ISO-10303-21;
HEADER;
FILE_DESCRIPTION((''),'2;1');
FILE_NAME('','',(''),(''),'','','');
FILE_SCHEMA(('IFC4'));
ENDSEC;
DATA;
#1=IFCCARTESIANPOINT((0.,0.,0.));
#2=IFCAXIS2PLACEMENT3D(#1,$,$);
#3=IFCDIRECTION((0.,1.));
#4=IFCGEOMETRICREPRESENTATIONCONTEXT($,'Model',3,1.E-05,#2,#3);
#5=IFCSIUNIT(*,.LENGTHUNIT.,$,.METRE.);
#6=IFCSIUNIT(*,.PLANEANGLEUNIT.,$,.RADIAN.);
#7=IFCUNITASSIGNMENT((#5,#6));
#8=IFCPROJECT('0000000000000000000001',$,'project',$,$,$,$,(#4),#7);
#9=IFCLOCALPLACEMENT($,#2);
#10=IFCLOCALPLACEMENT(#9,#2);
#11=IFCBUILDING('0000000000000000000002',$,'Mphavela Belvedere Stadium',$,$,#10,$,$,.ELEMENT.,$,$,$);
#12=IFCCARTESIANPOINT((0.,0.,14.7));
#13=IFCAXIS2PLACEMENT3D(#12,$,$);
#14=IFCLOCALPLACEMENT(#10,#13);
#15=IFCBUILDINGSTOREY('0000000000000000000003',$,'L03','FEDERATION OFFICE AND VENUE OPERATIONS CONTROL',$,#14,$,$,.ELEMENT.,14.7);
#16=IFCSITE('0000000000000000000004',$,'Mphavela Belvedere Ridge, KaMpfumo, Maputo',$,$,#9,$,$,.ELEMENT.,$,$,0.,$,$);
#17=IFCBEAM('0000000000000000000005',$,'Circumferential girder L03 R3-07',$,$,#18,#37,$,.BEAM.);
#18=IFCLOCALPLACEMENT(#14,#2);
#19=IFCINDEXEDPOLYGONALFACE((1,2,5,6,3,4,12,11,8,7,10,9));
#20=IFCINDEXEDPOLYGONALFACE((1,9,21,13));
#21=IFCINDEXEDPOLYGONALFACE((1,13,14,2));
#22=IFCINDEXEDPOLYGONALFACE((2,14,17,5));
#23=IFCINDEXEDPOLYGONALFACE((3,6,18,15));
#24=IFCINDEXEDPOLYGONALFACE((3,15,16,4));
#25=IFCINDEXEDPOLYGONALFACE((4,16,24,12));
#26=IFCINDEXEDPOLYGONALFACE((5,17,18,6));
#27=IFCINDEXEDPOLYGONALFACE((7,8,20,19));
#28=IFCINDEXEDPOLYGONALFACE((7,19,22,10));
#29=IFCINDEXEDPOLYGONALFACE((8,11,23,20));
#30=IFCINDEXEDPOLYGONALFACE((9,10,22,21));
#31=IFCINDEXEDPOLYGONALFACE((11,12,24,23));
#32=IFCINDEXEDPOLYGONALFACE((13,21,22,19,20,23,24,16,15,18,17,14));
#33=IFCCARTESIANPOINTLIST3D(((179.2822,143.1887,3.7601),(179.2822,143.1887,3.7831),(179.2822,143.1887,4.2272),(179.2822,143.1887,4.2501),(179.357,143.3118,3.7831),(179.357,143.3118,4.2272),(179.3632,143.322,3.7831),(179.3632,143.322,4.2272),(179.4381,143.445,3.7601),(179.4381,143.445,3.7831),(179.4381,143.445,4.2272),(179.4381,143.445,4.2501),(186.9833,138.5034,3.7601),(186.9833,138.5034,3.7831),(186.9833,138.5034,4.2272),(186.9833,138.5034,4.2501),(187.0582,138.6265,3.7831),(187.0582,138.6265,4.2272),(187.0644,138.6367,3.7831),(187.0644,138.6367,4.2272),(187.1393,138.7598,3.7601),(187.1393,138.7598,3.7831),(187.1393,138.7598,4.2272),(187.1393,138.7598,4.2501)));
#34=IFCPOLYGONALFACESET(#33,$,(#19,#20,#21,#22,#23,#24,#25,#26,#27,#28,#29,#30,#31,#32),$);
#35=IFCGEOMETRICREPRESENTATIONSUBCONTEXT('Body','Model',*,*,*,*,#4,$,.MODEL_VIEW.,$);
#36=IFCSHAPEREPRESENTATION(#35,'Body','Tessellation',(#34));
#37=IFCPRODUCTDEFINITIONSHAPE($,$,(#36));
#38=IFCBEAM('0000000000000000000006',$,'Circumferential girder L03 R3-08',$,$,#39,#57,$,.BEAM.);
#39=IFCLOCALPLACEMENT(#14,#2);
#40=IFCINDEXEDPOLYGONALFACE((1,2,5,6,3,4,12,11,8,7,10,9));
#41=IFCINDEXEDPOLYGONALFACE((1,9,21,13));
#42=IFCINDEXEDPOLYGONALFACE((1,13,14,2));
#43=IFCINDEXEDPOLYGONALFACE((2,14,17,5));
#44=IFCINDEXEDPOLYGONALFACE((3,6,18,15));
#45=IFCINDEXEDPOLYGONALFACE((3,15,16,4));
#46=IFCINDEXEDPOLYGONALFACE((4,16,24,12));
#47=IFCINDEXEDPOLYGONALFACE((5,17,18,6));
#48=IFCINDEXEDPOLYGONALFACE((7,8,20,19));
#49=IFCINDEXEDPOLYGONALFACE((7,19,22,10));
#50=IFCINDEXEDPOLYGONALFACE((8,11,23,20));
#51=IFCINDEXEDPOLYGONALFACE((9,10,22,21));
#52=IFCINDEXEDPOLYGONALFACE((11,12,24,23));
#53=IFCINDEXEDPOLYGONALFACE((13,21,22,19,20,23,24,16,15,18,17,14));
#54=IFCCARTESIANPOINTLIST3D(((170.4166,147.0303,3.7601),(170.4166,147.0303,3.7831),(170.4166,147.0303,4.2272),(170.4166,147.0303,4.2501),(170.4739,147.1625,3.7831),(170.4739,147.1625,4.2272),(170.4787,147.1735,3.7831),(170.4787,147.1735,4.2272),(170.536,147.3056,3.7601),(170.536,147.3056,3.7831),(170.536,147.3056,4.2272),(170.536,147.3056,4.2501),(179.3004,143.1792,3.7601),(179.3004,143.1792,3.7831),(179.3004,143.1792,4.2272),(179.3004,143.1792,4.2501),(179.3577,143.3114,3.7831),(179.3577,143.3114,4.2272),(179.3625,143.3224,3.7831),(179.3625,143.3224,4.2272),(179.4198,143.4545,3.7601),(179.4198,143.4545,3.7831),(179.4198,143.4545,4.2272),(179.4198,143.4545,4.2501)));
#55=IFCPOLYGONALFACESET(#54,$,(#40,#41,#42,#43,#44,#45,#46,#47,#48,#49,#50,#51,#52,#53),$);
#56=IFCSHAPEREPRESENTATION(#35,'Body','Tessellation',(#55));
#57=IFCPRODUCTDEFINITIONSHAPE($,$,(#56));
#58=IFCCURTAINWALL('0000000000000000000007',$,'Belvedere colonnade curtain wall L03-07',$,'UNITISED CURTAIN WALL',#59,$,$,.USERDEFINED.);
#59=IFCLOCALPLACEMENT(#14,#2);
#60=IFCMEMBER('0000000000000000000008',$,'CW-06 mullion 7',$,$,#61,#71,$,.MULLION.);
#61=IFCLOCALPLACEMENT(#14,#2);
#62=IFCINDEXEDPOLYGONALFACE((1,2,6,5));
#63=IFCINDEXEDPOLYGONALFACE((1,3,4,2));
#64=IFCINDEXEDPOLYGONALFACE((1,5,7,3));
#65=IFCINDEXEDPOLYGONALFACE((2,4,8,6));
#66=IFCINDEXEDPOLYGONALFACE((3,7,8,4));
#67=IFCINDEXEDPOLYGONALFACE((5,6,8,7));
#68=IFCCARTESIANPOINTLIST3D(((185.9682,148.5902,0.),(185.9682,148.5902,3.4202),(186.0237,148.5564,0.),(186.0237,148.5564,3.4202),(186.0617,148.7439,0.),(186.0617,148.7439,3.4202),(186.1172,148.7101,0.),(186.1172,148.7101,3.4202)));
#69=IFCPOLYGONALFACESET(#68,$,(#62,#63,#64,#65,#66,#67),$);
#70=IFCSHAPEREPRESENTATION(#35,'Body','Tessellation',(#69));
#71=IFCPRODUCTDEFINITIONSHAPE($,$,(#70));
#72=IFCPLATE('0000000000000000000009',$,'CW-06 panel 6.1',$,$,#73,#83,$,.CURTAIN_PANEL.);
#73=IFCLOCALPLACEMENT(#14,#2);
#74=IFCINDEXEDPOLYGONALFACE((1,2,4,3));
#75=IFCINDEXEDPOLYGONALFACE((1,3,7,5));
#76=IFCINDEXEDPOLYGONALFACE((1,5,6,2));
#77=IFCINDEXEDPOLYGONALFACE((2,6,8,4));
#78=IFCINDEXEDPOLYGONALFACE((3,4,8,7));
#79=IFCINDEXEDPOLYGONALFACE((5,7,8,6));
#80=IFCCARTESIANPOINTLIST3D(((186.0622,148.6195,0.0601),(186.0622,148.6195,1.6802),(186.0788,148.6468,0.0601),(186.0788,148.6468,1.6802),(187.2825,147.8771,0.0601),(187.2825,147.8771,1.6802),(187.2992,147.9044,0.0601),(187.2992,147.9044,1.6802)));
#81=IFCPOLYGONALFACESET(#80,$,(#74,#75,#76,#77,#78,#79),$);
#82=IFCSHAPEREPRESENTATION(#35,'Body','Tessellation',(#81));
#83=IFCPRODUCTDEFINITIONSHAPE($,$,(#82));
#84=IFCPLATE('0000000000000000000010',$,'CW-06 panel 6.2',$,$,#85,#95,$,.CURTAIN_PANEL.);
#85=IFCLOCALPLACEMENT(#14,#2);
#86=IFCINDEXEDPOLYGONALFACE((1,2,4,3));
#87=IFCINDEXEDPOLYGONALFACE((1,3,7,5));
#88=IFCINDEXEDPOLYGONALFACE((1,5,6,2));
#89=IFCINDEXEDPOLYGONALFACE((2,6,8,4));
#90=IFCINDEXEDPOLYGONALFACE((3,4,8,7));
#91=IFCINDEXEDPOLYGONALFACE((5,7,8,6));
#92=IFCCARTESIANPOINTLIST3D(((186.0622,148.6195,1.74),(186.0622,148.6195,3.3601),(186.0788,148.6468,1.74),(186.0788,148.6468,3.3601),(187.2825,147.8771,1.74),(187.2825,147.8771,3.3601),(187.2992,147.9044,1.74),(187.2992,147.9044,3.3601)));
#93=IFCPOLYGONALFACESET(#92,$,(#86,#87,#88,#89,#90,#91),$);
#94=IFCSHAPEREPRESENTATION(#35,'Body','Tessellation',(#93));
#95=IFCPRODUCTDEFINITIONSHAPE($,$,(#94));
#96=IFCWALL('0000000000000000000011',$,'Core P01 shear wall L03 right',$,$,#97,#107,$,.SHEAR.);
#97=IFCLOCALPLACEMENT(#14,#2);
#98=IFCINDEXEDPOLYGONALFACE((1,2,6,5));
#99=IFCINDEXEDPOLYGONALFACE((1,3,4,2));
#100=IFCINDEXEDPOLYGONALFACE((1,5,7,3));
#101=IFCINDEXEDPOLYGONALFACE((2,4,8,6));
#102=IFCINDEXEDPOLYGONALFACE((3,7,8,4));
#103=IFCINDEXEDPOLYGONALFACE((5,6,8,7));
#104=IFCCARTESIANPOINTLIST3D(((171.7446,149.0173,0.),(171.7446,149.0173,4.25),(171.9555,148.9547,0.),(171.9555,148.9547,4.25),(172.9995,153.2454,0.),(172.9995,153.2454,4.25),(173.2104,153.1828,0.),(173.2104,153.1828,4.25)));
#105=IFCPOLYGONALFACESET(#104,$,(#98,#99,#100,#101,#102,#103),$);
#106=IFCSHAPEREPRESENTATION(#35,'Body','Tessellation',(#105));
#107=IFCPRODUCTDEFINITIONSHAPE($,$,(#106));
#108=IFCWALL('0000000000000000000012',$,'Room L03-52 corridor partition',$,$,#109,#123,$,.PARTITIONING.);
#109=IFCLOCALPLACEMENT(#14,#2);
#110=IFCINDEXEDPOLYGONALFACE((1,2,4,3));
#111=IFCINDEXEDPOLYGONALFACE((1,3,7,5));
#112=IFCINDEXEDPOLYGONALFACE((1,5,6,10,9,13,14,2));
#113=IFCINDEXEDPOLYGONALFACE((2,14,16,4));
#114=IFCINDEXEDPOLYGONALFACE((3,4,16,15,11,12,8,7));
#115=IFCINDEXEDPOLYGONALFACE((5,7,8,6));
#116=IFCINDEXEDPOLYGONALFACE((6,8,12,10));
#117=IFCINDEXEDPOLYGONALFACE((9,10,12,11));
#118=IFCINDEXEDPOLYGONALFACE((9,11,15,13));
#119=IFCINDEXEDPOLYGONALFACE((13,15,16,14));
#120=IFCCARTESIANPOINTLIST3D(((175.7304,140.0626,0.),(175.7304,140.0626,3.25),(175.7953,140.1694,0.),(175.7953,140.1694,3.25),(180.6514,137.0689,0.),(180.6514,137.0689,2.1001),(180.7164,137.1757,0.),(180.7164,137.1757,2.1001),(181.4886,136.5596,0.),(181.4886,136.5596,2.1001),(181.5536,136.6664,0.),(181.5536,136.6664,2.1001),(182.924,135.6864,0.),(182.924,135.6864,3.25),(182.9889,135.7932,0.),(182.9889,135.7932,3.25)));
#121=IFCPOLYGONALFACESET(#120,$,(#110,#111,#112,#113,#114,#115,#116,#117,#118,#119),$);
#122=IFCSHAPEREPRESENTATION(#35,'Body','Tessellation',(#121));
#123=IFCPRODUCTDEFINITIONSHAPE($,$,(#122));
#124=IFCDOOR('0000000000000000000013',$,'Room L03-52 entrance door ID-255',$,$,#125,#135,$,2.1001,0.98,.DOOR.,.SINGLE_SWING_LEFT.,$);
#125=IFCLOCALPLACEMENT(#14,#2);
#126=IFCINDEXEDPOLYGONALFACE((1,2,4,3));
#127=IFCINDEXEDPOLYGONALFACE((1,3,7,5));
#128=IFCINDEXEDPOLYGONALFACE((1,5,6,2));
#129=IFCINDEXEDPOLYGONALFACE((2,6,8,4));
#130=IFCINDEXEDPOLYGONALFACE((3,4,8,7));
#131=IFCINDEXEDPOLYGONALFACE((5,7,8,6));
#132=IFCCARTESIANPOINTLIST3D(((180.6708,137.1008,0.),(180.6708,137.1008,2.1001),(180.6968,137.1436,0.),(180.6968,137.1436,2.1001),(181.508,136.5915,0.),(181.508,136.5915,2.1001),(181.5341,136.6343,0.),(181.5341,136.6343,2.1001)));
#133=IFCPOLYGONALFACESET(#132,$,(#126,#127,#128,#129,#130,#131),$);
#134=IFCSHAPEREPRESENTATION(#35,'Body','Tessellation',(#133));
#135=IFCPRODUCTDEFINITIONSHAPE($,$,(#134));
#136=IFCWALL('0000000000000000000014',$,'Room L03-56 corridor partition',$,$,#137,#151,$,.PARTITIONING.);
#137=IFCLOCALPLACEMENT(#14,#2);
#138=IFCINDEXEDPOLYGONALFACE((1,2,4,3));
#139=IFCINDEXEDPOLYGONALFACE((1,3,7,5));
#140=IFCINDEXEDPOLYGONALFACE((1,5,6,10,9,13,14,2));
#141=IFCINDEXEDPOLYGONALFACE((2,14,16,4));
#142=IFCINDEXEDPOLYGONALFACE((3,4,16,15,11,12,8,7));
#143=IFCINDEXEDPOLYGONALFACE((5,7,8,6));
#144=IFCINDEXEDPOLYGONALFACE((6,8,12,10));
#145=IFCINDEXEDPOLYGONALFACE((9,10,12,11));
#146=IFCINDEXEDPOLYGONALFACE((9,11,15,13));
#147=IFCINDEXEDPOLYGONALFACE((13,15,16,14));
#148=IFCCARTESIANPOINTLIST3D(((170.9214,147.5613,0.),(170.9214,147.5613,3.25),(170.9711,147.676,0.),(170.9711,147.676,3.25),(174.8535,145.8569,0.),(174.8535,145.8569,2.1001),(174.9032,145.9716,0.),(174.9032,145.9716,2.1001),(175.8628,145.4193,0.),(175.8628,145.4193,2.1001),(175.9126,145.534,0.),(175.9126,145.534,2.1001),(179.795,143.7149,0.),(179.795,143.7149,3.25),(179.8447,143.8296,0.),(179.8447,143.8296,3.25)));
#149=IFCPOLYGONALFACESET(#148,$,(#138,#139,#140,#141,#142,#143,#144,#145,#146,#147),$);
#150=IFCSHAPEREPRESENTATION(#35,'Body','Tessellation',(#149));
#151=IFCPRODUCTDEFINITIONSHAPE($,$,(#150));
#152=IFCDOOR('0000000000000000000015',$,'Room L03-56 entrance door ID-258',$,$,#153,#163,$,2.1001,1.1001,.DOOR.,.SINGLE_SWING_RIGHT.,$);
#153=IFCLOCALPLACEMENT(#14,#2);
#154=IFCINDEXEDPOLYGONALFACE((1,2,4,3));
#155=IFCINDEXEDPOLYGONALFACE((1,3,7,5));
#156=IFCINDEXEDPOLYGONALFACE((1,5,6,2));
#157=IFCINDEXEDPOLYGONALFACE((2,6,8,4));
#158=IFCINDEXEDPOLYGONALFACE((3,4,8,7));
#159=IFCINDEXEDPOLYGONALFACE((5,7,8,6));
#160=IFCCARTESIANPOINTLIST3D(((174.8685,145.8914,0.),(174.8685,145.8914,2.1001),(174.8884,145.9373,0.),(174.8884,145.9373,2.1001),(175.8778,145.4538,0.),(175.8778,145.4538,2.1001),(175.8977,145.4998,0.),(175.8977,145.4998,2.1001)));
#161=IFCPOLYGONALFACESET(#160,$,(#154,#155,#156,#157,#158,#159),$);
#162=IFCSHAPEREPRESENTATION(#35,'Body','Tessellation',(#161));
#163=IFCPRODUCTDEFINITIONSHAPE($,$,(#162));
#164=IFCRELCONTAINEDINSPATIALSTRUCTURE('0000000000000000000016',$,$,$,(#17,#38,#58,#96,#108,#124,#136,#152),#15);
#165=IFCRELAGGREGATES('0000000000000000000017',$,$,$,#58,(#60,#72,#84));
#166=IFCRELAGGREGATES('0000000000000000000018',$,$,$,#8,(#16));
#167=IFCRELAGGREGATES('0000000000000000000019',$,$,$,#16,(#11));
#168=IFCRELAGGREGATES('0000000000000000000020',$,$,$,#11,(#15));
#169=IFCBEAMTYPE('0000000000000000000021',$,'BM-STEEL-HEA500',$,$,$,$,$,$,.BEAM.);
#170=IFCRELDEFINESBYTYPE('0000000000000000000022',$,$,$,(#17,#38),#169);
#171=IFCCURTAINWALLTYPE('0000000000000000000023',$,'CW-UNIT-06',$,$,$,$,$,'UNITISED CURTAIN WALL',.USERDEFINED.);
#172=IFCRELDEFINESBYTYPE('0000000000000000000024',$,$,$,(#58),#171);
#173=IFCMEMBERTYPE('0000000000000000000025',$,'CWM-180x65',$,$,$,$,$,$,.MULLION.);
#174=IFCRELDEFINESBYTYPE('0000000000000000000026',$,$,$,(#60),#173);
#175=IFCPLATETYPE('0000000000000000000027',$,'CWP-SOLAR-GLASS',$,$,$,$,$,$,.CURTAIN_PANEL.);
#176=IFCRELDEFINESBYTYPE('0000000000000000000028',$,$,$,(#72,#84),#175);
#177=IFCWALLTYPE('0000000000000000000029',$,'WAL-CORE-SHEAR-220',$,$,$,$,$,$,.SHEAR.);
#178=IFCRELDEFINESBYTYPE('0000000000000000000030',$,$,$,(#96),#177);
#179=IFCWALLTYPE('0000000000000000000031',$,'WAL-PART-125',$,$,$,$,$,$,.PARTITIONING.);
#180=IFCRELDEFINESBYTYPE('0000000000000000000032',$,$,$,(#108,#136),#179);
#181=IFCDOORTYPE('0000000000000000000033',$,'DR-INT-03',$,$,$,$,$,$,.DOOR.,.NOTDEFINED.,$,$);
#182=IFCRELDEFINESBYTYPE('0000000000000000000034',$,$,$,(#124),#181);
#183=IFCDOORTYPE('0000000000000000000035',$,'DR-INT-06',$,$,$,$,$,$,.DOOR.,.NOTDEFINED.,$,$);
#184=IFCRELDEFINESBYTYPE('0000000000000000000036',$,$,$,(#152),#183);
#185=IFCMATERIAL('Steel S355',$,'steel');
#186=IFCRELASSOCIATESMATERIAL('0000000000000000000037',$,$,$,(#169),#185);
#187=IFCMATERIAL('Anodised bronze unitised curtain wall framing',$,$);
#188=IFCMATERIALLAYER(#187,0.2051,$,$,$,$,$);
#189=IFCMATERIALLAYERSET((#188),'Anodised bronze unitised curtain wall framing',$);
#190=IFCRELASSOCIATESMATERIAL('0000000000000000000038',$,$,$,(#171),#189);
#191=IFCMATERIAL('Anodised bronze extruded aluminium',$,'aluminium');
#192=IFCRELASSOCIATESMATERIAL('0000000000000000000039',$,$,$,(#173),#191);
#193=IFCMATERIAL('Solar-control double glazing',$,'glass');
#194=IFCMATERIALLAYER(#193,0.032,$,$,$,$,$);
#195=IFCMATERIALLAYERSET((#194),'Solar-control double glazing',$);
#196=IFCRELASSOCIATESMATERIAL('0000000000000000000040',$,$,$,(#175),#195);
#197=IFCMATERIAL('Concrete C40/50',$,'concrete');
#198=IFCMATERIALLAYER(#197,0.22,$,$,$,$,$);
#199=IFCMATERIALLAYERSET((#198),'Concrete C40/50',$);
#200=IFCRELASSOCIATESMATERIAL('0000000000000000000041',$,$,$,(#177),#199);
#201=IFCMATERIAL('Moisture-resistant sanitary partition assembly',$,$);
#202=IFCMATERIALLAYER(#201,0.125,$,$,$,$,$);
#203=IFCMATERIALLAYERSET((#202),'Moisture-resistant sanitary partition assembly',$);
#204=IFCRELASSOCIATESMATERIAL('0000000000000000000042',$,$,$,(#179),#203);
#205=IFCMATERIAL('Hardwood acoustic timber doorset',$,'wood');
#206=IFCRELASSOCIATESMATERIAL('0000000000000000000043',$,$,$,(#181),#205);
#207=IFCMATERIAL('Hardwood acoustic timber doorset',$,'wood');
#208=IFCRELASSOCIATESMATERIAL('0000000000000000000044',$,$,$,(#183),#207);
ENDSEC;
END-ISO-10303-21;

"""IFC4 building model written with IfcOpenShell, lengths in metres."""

from ifc_helpers import new_model, si_unit, direction, frame, frame_2d, origin, origin_2d, place, context, subcontext, project, spatial, rectangle, i_section, extrude, material, layer, layer_set, material_profile, profile_set, type_object, element, fill, aggregate, save


model = new_model("IFC4")

# Units and contexts
model_context = context("Model", 3, precision=1e-05, world=origin(), true_north=direction((0.0, 1.0)))
body_context = subcontext(model_context, "Body", "Model", "MODEL_VIEW")
ifc_project = project(units=[si_unit("LENGTHUNIT", "METRE"), si_unit("PLANEANGLEUNIT", "RADIAN")], contexts=[model_context])

# Site, building, storey
site_placement = place(None, origin())
site = spatial("IfcSite", under=ifc_project, at=site_placement, Name="Mphavela Belvedere Ridge, KaMpfumo, Maputo", CompositionType="ELEMENT", RefElevation=0.0)
building_placement = place(site_placement, origin())
building = spatial("IfcBuilding", under=site, at=building_placement, Name="Mphavela Belvedere Stadium", CompositionType="ELEMENT")
storey_placement = place(building_placement, frame((0.0, 0.0, 14.7)))
storey = spatial("IfcBuildingStorey", under=building, at=storey_placement, Name="L03", Description="FEDERATION OFFICE AND VENUE OPERATIONS CONTROL", CompositionType="ELEMENT", Elevation=14.7)

# Beams
ifc_material_1 = material(Name="Steel S355", Category="steel")
ifc_material_profile_1 = material_profile(ifc_material_1, i_section(OverallWidth=0.3, OverallDepth=0.49, WebThickness=0.012, FlangeThickness=0.0229, at=origin_2d()), Name="HEA 500")
ifc_profile_set_1 = profile_set([ifc_material_profile_1], Name="Steel S355")
beam_type_1 = type_object("IfcBeamType", Name="BM-STEEL-HEA500", PredefinedType="BEAM", material=ifc_profile_set_1)
beam_1_placement = place(storey_placement, frame((187.0613, 138.6316, 4.0051), z_axis=(-0.854315, 0.519755, 0.0), x_axis=(-0.519755, -0.854315, 0.0)))
element("IfcBeam", 1, at=beam_1_placement, inside=storey, type_object=beam_type_1, Name="Circumferential girder L03 R3-07", PredefinedType="BEAM", context=body_context, shape_type="SweptSolid", body=[
    extrude(i_section(OverallWidth=0.3, OverallDepth=0.49, WebThickness=0.012, FlangeThickness=0.0229, at=origin_2d()), origin(), (0.0, 0.0, 1.0), 9.0144),
])
beam_2_placement = place(storey_placement, frame((179.3601, 143.3169, 4.0051), z_axis=(-0.917502, 0.397732, 0.0), x_axis=(-0.397732, -0.917502, 0.0)))
element("IfcBeam", 2, at=beam_2_placement, inside=storey, type_object=beam_type_1, Name="Circumferential girder L03 R3-08", PredefinedType="BEAM", context=body_context, shape_type="SweptSolid", body=[
    extrude(i_section(OverallWidth=0.3, OverallDepth=0.49, WebThickness=0.012, FlangeThickness=0.0229, at=origin_2d()), origin(), (0.0, 0.0, 1.0), 9.6826),
])

# Curtain wall, member, plates
ifc_material_2 = material(Name="Anodised bronze unitised curtain wall framing")
ifc_layer_1 = layer(ifc_material_2, 0.2051)
ifc_layer_set_1 = layer_set([ifc_layer_1], Name="Anodised bronze unitised curtain wall framing")
curtain_wall_type = type_object("IfcCurtainWallType", Name="CW-UNIT-06", ElementType="UNITISED CURTAIN WALL", PredefinedType="USERDEFINED", material=ifc_layer_set_1)
curtain_wall_placement = place(storey_placement, origin())
curtain_wall = element("IfcCurtainWall", 3, at=curtain_wall_placement, inside=storey, type_object=curtain_wall_type, Name="Belvedere colonnade curtain wall L03-07", ObjectType="UNITISED CURTAIN WALL", PredefinedType="USERDEFINED")
ifc_material_3 = material(Name="Anodised bronze extruded aluminium", Category="aluminium")
ifc_material_profile_2 = material_profile(ifc_material_3, rectangle(XDim=0.1799, YDim=0.0649, at=origin_2d()), Name="CW-MUL 180x65")
ifc_profile_set_2 = profile_set([ifc_material_profile_2], Name="Anodised bronze extruded aluminium")
member_type = type_object("IfcMemberType", Name="CWM-180x65", PredefinedType="MULLION", material=ifc_profile_set_2)
member_placement = place(storey_placement, frame((186.0427, 148.6501, 0.0), z_axis=(0.0, 0.0, 1.0), x_axis=(-0.519738, -0.854325, 0.0)))
member = element("IfcMember", 4, at=member_placement, type_object=member_type, Name="CW-06 mullion 7", PredefinedType="MULLION", context=body_context, shape_type="SweptSolid", body=[
    extrude(rectangle(XDim=0.1799, YDim=0.0649, at=origin_2d()), origin(), (0.0, 0.0, 1.0), 3.4202),
])
ifc_material_4 = material(Name="Solar-control double glazing", Category="glass")
ifc_layer_2 = layer(ifc_material_4, 0.032)
ifc_layer_set_2 = layer_set([ifc_layer_2], Name="Solar-control double glazing")
plate_type = type_object("IfcPlateType", Name="CWP-SOLAR-GLASS", PredefinedType="CURTAIN_PANEL", material=ifc_layer_set_2)
plate_1_placement = place(storey_placement, frame((186.6807, 148.262, 0.0601), z_axis=(0.0, 0.0, 1.0), x_axis=(-0.854325, 0.519738, 0.0)))
plate_1 = element("IfcPlate", 5, at=plate_1_placement, type_object=plate_type, Name="CW-06 panel 6.1", PredefinedType="CURTAIN_PANEL", context=body_context, shape_type="SweptSolid", body=[
    extrude(rectangle(XDim=1.4285, YDim=0.032, at=origin_2d()), origin(), (0.0, 0.0, 1.0), 1.6201),
])
plate_2_placement = place(storey_placement, frame((186.6807, 148.262, 1.74), z_axis=(0.0, 0.0, 1.0), x_axis=(-0.854325, 0.519738, 0.0)))
plate_2 = element("IfcPlate", 6, at=plate_2_placement, type_object=plate_type, Name="CW-06 panel 6.2", PredefinedType="CURTAIN_PANEL", context=body_context, shape_type="SweptSolid", body=[
    extrude(rectangle(XDim=1.4285, YDim=0.032, at=origin_2d()), origin(), (0.0, 0.0, 1.0), 1.6201),
])
aggregate(curtain_wall, [member, plate_1, plate_2])

# Wall
ifc_material_5 = material(Name="Concrete C40/50", Category="concrete")
ifc_layer_3 = layer(ifc_material_5, 0.22)
ifc_layer_set_3 = layer_set([ifc_layer_3], Name="Concrete C40/50")
wall_type_1 = type_object("IfcWallType", Name="WAL-CORE-SHEAR-220", PredefinedType="SHEAR", material=ifc_layer_set_3)
wall_1_placement = place(storey_placement, frame((171.8501, 148.9861, 0.0), z_axis=(0.0, 0.0, 1.0), x_axis=(0.284533, 0.958666, 0.0)))
element("IfcWall", 7, at=wall_1_placement, inside=storey, type_object=wall_type_1, Name="Core P01 shear wall L03 right", PredefinedType="SHEAR", context=body_context, shape_type="SweptSolid", body=[
    extrude(rectangle(XDim=4.4104, YDim=0.22, at=frame_2d((2.2051, 0.0))), origin(), (0.0, 0.0, 1.0), 4.25),
])

# Walls, openings, doors
ifc_material_6 = material(Name="Moisture-resistant sanitary partition assembly")
ifc_layer_4 = layer(ifc_material_6, 0.125)
ifc_layer_set_4 = layer_set([ifc_layer_4], Name="Moisture-resistant sanitary partition assembly")
wall_type_2 = type_object("IfcWallType", Name="WAL-PART-125", PredefinedType="PARTITIONING", material=ifc_layer_set_4)
wall_2_placement = place(storey_placement, frame((175.7629, 140.116, 0.0), z_axis=(0.0, 0.0, 1.0), x_axis=(0.85433, -0.519731, 0.0)))
wall_2 = element("IfcWall", 8, at=wall_2_placement, inside=storey, type_object=wall_type_2, Name="Room L03-52 corridor partition", PredefinedType="PARTITIONING", context=body_context, shape_type="SweptSolid", body=[
    extrude(rectangle(XDim=8.4202, YDim=0.125, at=frame_2d((4.21, 0.0))), origin(), (0.0, 0.0, 1.0), 3.25),
])
opening_1_placement = place(wall_2_placement, frame((5.76, 0.0, 0.0)))
opening_1 = element("IfcOpeningElement", 9, at=opening_1_placement, cuts=wall_2, PredefinedType="OPENING", context=body_context, shape_type="SweptSolid", body=[
    extrude(rectangle(XDim=0.98, YDim=2.1001, at=frame_2d((0.49, 1.05))), frame((0.0, 0.0725, 0.0), z_axis=(0.0, -1.0, 0.0), x_axis=(1.0, 0.0, 0.0)), (0.0, 0.0, 1.0), 0.145),
])
ifc_material_7 = material(Name="Hardwood acoustic timber doorset", Category="wood")
door_type_1 = type_object("IfcDoorType", Name="DR-INT-03", OperationType="NOTDEFINED", PredefinedType="DOOR", material=ifc_material_7)
door_1_placement = place(opening_1_placement, origin())
door_1 = element("IfcDoor", 10, at=door_1_placement, inside=storey, type_object=door_type_1, Name="Room L03-52 entrance door ID-255", OperationType="SINGLE_SWING_LEFT", OverallHeight=2.1001, OverallWidth=0.98, PredefinedType="DOOR", context=body_context, shape_type="SweptSolid", body=[
    extrude(rectangle(XDim=0.98, YDim=2.1001, at=frame_2d((0.49, 1.05))), frame((0.0, 0.0249, 0.0), z_axis=(0.0, -1.0, 0.0), x_axis=(1.0, 0.0, 0.0)), (0.0, 0.0, 1.0), 0.05),
])
fill(opening_1, door_1)
wall_3_placement = place(storey_placement, frame((179.8198, 143.7722, 0.0), z_axis=(0.0, 0.0, 1.0), x_axis=(-0.917509, 0.397715, 0.0)))
wall_3 = element("IfcWall", 11, at=wall_3_placement, inside=storey, type_object=wall_type_2, Name="Room L03-56 corridor partition", PredefinedType="PARTITIONING", context=body_context, shape_type="SweptSolid", body=[
    extrude(rectangle(XDim=9.6714, YDim=0.125, at=frame_2d((4.8357, 0.0))), origin(), (0.0, 0.0, 1.0), 3.25),
])
opening_2_placement = place(wall_3_placement, frame((4.2856, 0.0, 0.0)))
opening_2 = element("IfcOpeningElement", 12, at=opening_2_placement, cuts=wall_3, PredefinedType="OPENING", context=body_context, shape_type="SweptSolid", body=[
    extrude(rectangle(XDim=1.1001, YDim=2.1001, at=frame_2d((0.55, 1.05))), frame((0.0, 0.0725, 0.0), z_axis=(0.0, -1.0, 0.0), x_axis=(1.0, 0.0, 0.0)), (0.0, 0.0, 1.0), 0.145),
])
ifc_material_8 = material(Name="Hardwood acoustic timber doorset", Category="wood")
door_type_2 = type_object("IfcDoorType", Name="DR-INT-06", OperationType="NOTDEFINED", PredefinedType="DOOR", material=ifc_material_8)
door_2_placement = place(opening_2_placement, origin())
door_2 = element("IfcDoor", 13, at=door_2_placement, inside=storey, type_object=door_type_2, Name="Room L03-56 entrance door ID-258", OperationType="SINGLE_SWING_RIGHT", OverallHeight=2.1001, OverallWidth=1.1001, PredefinedType="DOOR", context=body_context, shape_type="SweptSolid", body=[
    extrude(rectangle(XDim=1.1001, YDim=2.1001, at=frame_2d((0.55, 1.05))), frame((0.0, 0.0249, 0.0), z_axis=(0.0, -1.0, 0.0), x_axis=(1.0, 0.0, 0.0)), (0.0, 0.0, 1.0), 0.05),
])
fill(opening_2, door_2)

save(model, "model.ifc")
